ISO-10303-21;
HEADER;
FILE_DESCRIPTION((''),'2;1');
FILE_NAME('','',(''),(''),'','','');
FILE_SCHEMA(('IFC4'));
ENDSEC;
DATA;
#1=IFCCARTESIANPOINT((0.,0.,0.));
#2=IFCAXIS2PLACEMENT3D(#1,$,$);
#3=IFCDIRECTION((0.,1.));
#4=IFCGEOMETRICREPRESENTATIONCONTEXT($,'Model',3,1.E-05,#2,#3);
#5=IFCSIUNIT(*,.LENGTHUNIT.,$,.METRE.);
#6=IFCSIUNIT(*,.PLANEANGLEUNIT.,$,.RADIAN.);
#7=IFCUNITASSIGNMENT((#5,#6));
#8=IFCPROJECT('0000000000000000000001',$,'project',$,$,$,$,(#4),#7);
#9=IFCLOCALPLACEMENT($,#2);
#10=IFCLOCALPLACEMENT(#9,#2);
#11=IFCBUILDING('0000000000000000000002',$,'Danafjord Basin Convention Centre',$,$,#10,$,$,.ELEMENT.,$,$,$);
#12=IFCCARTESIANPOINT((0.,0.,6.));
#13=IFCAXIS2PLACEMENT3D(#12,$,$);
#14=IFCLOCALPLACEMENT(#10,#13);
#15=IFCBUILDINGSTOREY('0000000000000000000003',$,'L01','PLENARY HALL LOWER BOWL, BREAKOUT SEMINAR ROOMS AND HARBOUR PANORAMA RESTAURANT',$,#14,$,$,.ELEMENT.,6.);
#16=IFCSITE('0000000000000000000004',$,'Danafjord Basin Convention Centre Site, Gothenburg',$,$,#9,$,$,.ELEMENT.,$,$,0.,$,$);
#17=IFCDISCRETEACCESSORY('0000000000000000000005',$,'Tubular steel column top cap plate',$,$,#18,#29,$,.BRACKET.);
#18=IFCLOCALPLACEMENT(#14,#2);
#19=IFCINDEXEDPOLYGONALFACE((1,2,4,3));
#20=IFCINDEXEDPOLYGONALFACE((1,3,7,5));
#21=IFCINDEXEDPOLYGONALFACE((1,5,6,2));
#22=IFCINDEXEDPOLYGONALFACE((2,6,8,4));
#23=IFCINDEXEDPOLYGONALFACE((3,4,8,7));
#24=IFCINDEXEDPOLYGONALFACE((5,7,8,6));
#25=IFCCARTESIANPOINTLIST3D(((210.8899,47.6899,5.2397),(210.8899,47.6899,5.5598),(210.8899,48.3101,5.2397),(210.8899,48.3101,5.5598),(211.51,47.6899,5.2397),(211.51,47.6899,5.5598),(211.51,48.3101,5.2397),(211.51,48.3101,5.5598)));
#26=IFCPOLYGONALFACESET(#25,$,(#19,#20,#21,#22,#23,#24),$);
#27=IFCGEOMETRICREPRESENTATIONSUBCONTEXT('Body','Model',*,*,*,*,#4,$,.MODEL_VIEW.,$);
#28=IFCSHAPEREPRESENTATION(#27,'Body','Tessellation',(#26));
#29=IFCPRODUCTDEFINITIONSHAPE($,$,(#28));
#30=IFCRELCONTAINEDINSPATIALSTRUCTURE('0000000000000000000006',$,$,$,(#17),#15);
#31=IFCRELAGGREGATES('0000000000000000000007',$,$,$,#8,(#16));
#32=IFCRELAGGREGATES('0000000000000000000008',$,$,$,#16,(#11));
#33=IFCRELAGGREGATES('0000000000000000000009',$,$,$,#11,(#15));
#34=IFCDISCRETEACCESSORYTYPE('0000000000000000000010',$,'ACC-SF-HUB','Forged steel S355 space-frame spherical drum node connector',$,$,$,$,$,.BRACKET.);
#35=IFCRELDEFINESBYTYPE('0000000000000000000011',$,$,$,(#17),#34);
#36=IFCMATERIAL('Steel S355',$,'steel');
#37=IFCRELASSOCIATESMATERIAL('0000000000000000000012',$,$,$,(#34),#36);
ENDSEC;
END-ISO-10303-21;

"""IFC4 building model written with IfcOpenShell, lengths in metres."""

from ifc_helpers import new_model, si_unit, direction, frame, origin, origin_2d, place, context, subcontext, project, spatial, rectangle, extrude, material, type_object, element, save


model = new_model("IFC4")

# Units and contexts
model_context = context("Model", 3, precision=1e-05, world=origin(), true_north=direction((0.0, 1.0)))
body_context = subcontext(model_context, "Body", "Model", "MODEL_VIEW")
ifc_project = project(units=[si_unit("LENGTHUNIT", "METRE"), si_unit("PLANEANGLEUNIT", "RADIAN")], contexts=[model_context])

# Site, building, storey
site_placement = place(None, origin())
site = spatial("IfcSite", under=ifc_project, at=site_placement, Name="Danafjord Basin Convention Centre Site, Gothenburg", CompositionType="ELEMENT", RefElevation=0.0)
building_placement = place(site_placement, origin())
building = spatial("IfcBuilding", under=site, at=building_placement, Name="Danafjord Basin Convention Centre", CompositionType="ELEMENT")
storey_placement = place(building_placement, frame((0.0, 0.0, 6.0)))
storey = spatial("IfcBuildingStorey", under=building, at=storey_placement, Name="L01", Description="PLENARY HALL LOWER BOWL, BREAKOUT SEMINAR ROOMS AND HARBOUR PANORAMA RESTAURANT", CompositionType="ELEMENT", Elevation=6.0)

# Shared definitions
ifc_material_1 = material(Name="Steel S355", Category="steel")

# Discrete accessory
discrete_accessory_type = type_object("IfcDiscreteAccessoryType", Name="ACC-SF-HUB", Description="Forged steel S355 space-frame spherical drum node connector", PredefinedType="BRACKET", material=ifc_material_1)
for number, where, z_axis, x_axis, name in (
    (1, (211.2, 48.0, 5.2397), (0.0, 0.0, 1.0), (1.0, 0.0, 0.0), "Tubular steel column top cap plate"),
):
    element("IfcDiscreteAccessory", number, at=place(storey_placement, frame(where, z_axis=z_axis, x_axis=x_axis)), inside=storey, type_object=discrete_accessory_type, Name=name, PredefinedType="BRACKET", context=body_context, shape_type="SweptSolid", body=[
        extrude(rectangle(XDim=0.6201, YDim=0.6201, at=origin_2d()), origin(), (0.0, 0.0, 1.0), 0.3201),
    ])

save(model, "model.ifc")
